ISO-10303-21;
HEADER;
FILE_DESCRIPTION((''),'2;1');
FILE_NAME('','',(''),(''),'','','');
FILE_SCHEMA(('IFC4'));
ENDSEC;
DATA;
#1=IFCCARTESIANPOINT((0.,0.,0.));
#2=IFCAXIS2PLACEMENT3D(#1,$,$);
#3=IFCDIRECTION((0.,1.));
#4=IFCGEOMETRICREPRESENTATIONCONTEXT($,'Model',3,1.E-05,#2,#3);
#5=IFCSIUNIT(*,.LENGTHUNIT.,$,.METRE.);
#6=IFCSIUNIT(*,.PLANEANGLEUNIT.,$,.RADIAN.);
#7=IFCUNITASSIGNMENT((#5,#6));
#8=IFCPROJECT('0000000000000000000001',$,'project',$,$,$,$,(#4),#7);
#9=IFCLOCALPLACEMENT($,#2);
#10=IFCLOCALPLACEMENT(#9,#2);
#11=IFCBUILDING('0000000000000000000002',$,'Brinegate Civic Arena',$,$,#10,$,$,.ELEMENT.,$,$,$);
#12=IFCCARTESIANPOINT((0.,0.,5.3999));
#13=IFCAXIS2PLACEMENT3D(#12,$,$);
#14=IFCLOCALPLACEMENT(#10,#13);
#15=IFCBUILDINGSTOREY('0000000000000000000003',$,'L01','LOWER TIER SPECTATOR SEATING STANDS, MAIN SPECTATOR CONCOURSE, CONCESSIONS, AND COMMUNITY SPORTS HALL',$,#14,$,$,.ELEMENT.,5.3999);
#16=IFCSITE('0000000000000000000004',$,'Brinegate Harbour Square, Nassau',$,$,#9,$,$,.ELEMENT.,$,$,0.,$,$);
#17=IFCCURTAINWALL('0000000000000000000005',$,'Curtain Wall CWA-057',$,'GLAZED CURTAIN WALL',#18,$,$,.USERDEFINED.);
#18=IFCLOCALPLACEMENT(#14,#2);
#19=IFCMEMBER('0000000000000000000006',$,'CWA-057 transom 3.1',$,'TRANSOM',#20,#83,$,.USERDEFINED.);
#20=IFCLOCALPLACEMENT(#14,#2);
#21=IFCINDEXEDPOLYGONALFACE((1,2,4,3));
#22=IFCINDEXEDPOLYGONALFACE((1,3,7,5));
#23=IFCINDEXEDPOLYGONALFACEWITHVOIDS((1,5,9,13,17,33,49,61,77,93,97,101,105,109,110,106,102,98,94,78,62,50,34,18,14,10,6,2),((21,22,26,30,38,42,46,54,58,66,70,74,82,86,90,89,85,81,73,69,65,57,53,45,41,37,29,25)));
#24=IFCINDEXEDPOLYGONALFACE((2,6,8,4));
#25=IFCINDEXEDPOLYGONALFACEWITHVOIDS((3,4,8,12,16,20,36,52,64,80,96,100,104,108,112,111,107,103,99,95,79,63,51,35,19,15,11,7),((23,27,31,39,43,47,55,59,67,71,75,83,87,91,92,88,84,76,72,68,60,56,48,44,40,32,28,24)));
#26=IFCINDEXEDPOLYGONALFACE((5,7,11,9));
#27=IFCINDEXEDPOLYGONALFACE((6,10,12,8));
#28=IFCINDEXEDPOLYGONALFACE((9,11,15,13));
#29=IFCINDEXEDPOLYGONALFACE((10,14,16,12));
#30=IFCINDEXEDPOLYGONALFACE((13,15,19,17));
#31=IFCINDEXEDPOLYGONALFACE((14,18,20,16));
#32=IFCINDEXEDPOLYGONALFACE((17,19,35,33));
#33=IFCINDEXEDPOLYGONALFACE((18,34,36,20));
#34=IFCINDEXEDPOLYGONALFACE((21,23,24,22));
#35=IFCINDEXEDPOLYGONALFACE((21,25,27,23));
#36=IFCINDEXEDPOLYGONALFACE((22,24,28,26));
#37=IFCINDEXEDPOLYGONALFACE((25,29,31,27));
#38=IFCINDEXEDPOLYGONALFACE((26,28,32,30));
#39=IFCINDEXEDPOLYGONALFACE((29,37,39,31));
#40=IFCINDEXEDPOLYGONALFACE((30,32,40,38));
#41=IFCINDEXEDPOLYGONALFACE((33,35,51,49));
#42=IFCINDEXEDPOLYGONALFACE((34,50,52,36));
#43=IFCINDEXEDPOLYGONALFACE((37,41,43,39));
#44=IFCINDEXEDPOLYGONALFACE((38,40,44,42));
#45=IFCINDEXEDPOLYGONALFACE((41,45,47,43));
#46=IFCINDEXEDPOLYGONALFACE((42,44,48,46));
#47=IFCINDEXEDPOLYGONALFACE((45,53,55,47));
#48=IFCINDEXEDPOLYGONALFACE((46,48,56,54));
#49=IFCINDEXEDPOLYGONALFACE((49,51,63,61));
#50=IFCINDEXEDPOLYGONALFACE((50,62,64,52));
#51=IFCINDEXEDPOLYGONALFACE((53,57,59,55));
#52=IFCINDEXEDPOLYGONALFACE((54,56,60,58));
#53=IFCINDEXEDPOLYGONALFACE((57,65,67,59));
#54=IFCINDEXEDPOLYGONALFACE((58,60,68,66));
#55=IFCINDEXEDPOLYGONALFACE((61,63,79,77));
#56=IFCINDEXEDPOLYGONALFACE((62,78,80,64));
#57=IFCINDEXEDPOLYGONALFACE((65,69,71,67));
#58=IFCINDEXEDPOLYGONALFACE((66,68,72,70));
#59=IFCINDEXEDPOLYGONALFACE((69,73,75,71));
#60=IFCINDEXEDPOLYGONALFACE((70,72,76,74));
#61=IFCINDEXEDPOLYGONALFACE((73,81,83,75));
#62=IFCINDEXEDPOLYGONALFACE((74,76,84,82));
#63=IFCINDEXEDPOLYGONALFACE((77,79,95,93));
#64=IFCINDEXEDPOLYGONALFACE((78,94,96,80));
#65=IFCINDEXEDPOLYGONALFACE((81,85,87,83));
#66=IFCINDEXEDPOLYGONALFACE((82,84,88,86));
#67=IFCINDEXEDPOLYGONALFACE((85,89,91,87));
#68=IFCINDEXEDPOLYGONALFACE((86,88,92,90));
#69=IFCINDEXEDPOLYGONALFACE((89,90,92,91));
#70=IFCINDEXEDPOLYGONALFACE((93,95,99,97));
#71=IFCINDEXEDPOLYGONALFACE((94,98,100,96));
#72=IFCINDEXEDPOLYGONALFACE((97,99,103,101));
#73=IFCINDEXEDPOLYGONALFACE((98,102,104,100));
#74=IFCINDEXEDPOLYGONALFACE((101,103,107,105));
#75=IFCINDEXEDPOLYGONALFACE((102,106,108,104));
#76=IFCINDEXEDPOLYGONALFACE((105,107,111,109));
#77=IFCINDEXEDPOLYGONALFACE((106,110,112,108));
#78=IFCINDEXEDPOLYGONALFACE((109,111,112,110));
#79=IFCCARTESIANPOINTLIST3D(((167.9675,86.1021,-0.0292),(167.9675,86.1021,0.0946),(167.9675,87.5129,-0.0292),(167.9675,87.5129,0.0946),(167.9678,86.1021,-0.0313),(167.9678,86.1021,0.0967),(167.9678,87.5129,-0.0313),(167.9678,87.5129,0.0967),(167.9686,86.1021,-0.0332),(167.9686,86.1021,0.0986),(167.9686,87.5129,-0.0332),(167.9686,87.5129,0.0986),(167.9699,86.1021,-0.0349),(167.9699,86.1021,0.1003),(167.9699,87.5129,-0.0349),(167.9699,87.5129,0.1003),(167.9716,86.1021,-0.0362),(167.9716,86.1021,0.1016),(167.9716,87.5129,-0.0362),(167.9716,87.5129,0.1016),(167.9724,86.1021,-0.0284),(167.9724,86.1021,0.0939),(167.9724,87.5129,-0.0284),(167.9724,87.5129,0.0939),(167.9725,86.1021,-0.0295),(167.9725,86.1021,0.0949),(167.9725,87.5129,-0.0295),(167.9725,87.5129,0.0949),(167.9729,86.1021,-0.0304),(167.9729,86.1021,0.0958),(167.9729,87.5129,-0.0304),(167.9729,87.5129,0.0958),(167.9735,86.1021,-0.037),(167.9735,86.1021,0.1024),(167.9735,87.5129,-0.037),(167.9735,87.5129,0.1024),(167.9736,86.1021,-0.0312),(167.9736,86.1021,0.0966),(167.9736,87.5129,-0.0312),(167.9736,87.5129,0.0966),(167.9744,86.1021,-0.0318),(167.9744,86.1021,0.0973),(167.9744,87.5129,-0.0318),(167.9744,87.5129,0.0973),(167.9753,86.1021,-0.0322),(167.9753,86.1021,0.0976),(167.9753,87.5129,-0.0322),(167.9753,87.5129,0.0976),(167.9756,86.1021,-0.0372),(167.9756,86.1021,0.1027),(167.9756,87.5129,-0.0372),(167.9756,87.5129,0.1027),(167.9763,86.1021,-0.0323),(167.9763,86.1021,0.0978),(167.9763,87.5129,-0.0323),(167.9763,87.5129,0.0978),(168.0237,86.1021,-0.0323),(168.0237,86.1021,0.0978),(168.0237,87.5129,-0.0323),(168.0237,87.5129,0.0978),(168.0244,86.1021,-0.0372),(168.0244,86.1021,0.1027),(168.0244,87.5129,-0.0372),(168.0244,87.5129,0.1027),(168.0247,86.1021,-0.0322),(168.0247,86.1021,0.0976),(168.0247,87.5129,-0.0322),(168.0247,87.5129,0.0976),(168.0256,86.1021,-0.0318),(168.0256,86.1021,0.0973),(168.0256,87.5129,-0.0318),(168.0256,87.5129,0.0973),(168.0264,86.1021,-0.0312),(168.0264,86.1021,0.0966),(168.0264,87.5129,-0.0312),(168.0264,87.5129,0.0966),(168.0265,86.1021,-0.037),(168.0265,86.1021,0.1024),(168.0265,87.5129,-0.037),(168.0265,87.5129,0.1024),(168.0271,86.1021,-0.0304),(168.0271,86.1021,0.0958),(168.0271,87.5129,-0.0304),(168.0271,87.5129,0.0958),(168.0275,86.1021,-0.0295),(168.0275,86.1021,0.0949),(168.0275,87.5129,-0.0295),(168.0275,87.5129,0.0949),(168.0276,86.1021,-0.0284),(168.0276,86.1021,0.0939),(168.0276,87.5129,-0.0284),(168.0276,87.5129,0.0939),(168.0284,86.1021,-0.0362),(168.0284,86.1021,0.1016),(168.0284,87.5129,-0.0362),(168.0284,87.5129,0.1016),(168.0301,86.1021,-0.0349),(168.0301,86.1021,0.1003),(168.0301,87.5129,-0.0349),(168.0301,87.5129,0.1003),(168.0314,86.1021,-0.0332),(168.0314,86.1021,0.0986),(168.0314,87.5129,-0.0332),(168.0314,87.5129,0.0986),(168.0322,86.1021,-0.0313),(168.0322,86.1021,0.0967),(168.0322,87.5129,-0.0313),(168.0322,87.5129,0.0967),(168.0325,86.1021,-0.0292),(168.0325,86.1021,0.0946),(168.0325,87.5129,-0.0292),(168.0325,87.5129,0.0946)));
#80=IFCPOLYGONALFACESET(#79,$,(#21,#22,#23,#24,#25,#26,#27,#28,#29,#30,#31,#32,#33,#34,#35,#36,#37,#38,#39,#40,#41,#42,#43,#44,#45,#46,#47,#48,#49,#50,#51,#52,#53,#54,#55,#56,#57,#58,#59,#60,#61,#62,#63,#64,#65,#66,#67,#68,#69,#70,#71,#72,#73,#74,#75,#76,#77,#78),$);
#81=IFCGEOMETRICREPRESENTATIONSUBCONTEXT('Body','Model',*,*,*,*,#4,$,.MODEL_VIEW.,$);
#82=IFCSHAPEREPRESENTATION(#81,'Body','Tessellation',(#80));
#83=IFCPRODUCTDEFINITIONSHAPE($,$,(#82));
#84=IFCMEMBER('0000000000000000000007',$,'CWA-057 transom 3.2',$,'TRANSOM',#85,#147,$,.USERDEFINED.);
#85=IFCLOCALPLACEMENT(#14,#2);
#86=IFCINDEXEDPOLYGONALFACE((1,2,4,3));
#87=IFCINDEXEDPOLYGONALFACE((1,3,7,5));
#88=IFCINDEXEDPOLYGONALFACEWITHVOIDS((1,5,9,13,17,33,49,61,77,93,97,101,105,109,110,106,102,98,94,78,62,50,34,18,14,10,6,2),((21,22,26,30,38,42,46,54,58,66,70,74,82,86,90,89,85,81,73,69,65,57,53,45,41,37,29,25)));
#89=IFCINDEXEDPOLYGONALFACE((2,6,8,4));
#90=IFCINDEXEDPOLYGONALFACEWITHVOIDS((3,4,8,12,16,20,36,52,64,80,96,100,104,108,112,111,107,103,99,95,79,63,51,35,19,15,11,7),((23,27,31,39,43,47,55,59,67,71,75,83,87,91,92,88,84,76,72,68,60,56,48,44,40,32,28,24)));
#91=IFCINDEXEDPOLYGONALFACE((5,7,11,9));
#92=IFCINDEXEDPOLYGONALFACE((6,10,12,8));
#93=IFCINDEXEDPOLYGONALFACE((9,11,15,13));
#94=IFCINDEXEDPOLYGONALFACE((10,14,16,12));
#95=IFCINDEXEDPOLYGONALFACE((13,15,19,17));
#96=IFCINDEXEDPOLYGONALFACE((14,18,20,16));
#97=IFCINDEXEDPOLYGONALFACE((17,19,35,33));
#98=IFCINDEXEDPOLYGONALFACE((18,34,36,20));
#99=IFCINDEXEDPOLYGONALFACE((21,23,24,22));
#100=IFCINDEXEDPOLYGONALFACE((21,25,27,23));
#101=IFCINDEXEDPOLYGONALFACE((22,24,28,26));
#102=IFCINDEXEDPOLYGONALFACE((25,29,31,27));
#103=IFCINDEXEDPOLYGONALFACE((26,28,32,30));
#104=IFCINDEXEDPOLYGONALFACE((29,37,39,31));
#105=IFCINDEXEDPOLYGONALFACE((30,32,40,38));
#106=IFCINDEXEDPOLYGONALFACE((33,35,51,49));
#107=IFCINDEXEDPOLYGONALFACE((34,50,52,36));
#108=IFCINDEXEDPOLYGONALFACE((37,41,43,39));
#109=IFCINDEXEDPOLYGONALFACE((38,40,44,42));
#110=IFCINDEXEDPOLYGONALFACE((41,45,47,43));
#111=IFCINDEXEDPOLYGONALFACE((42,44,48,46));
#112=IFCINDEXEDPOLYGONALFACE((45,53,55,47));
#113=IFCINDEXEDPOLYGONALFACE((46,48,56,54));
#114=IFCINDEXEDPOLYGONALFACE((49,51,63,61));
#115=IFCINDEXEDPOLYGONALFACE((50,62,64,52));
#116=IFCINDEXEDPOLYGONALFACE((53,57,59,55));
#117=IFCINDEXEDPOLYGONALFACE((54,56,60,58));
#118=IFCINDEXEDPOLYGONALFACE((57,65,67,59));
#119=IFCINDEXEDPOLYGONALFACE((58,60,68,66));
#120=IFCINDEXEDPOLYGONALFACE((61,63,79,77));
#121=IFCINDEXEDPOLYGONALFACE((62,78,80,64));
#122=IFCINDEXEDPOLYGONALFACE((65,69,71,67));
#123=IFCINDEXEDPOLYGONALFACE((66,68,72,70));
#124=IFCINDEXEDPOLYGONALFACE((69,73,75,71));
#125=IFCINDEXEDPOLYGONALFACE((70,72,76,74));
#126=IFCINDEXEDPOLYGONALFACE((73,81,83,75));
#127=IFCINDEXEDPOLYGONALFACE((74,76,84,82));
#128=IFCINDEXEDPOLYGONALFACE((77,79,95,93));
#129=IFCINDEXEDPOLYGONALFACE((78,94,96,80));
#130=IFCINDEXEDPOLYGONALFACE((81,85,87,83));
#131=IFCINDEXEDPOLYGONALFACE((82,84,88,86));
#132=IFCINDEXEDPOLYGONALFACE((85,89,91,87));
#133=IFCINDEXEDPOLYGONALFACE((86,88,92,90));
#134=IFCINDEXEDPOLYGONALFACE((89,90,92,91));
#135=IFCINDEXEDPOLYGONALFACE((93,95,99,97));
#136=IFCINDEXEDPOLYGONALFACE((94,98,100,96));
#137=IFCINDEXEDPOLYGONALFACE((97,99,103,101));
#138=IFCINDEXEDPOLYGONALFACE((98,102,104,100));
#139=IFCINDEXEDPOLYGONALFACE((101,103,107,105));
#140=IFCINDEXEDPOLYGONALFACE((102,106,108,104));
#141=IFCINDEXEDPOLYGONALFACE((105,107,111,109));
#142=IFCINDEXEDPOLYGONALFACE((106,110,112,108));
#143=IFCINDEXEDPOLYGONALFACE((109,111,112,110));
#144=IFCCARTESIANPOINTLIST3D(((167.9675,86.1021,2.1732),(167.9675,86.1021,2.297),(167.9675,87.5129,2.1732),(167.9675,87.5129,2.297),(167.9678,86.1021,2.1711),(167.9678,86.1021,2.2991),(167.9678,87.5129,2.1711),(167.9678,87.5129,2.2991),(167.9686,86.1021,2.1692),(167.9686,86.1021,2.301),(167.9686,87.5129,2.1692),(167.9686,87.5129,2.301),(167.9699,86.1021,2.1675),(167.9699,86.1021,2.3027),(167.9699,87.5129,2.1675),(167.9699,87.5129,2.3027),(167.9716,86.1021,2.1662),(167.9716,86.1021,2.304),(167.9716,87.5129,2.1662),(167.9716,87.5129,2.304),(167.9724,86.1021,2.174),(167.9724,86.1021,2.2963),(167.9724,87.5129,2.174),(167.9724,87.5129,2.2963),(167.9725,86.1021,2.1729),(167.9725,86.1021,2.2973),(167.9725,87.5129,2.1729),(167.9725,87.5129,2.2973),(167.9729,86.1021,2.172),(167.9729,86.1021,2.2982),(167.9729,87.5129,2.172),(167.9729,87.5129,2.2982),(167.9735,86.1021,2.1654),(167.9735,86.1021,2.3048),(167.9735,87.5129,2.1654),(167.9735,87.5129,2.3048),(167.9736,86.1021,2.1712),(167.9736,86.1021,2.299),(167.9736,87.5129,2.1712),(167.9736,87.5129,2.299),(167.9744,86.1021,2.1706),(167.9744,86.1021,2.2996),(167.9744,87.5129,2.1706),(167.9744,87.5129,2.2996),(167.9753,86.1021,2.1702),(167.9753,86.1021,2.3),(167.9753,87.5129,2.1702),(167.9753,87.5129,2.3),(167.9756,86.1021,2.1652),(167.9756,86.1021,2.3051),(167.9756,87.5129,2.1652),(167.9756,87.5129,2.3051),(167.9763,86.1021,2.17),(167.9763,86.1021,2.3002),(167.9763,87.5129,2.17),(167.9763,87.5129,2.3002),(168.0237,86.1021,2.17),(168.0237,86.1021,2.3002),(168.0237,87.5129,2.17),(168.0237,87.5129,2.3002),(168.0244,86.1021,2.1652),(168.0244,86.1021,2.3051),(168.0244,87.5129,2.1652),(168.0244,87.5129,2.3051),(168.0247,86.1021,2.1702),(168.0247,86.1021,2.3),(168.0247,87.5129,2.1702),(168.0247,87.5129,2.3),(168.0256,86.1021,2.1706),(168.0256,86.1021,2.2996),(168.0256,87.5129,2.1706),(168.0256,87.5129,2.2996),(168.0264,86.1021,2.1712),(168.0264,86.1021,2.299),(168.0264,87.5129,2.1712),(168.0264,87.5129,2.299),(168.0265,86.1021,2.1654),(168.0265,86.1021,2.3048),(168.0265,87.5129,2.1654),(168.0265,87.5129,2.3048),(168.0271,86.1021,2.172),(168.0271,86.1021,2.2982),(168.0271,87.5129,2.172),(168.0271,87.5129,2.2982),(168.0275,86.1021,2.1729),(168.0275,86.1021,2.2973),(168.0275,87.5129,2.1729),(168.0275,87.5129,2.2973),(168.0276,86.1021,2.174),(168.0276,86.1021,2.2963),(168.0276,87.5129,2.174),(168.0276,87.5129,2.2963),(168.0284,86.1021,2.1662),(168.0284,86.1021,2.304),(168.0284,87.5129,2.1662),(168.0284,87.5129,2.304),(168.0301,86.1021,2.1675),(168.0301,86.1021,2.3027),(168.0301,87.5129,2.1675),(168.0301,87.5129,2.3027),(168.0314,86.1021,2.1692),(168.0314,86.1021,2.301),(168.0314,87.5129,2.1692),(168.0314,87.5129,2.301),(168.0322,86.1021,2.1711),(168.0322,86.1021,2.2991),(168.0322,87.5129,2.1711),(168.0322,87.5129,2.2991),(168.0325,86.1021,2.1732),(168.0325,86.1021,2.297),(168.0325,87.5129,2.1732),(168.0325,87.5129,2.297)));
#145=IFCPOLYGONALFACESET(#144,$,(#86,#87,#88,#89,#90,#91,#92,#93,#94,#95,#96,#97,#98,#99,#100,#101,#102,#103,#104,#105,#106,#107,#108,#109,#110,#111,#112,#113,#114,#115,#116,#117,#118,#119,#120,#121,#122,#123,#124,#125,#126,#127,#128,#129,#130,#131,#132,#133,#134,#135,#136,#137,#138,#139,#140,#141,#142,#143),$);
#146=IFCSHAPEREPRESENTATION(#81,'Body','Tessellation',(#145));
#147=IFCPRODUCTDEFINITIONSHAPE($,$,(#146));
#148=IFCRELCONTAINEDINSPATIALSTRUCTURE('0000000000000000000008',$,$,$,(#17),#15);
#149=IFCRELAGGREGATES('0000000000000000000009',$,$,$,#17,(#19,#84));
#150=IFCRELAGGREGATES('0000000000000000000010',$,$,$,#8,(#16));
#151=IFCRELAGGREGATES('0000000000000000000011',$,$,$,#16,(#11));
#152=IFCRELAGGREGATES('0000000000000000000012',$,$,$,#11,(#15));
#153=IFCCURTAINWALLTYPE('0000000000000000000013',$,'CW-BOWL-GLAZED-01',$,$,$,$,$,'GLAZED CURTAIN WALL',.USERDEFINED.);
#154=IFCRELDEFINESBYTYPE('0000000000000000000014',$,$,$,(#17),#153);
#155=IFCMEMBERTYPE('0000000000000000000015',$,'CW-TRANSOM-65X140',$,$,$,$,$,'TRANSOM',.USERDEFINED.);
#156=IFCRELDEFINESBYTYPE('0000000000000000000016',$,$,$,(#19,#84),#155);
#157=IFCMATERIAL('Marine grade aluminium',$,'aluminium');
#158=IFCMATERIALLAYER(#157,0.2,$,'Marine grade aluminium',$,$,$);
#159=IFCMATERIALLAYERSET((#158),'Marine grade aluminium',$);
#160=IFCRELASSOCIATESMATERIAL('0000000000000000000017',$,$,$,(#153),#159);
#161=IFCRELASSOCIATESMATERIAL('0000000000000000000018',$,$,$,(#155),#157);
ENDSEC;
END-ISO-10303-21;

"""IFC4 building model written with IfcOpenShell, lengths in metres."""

from ifc_helpers import new_model, si_unit, direction, frame, origin, origin_2d, place, context, subcontext, project, spatial, hollow_rectangle, extrude, material, layer, layer_set, material_profile, profile_set, type_object, element, aggregate, save


model = new_model("IFC4")

# Units and contexts
model_context = context("Model", 3, precision=1e-05, world=origin(), true_north=direction((0.0, 1.0)))
body_context = subcontext(model_context, "Body", "Model", "MODEL_VIEW")
ifc_project = project(units=[si_unit("LENGTHUNIT", "METRE"), si_unit("PLANEANGLEUNIT", "RADIAN")], contexts=[model_context])

# Site, building, storey
site_placement = place(None, origin())
site = spatial("IfcSite", under=ifc_project, at=site_placement, Name="Brinegate Harbour Square, Nassau", CompositionType="ELEMENT", RefElevation=0.0)
building_placement = place(site_placement, origin())
building = spatial("IfcBuilding", under=site, at=building_placement, Name="Brinegate Civic Arena", CompositionType="ELEMENT")
storey_placement = place(building_placement, frame((0.0, 0.0, 5.3999)))
storey = spatial("IfcBuildingStorey", under=building, at=storey_placement, Name="L01", Description="LOWER TIER SPECTATOR SEATING STANDS, MAIN SPECTATOR CONCOURSE, CONCESSIONS, AND COMMUNITY SPORTS HALL", CompositionType="ELEMENT", Elevation=5.3999)

# Curtain wall, members
ifc_material_1 = material(Name="Marine grade aluminium", Category="aluminium")
ifc_layer_1 = layer(ifc_material_1, 0.2, Name="Marine grade aluminium")
ifc_layer_set_1 = layer_set([ifc_layer_1], Name="Marine grade aluminium")
curtain_wall_type = type_object("IfcCurtainWallType", Name="CW-BOWL-GLAZED-01", ElementType="GLAZED CURTAIN WALL", PredefinedType="USERDEFINED", material=ifc_layer_set_1)
curtain_wall_placement = place(storey_placement, origin())
curtain_wall = element("IfcCurtainWall", 1, at=curtain_wall_placement, inside=storey, type_object=curtain_wall_type, Name="Curtain Wall CWA-057", ObjectType="GLAZED CURTAIN WALL", PredefinedType="USERDEFINED")
ifc_material_profile_1 = material_profile(ifc_material_1, hollow_rectangle(XDim=0.0649, YDim=0.1399, WallThickness=0.0049, InnerFilletRadius=0.0039, OuterFilletRadius=0.0081, at=origin_2d()), Name="TRN65X140")
ifc_profile_set_1 = profile_set([ifc_material_profile_1], Name="Marine grade aluminium")
member_type_1 = type_object("IfcMemberType", Name="CW-TRANSOM-65X140", ElementType="TRANSOM", PredefinedType="USERDEFINED", material=ifc_profile_set_1)
member_1_placement = place(storey_placement, frame((168.0, 86.1021, 0.0327), z_axis=(0.0, 1.0, 0.0), x_axis=(-1.0, 0.0, 0.0)))
member_1 = element("IfcMember", 2, at=member_1_placement, type_object=member_type_1, Name="CWA-057 transom 3.1", ObjectType="TRANSOM", PredefinedType="USERDEFINED", context=body_context, shape_type="SweptSolid", body=[
    extrude(hollow_rectangle(XDim=0.0649, YDim=0.1399, WallThickness=0.0049, InnerFilletRadius=0.0039, OuterFilletRadius=0.0081, at=origin_2d()), origin(), (0.0, 0.0, 1.0), 1.4109),
])
member_2_placement = place(storey_placement, frame((168.0, 86.1021, 2.2351), z_axis=(0.0, 1.0, 0.0), x_axis=(-1.0, 0.0, 0.0)))
member_2 = element("IfcMember", 3, at=member_2_placement, type_object=member_type_1, Name="CWA-057 transom 3.2", ObjectType="TRANSOM", PredefinedType="USERDEFINED", context=body_context, shape_type="SweptSolid", body=[
    extrude(hollow_rectangle(XDim=0.0649, YDim=0.1399, WallThickness=0.0049, InnerFilletRadius=0.0039, OuterFilletRadius=0.0081, at=origin_2d()), origin(), (0.0, 0.0, 1.0), 1.4109),
])
aggregate(curtain_wall, [member_1, member_2])

save(model, "model.ifc")
